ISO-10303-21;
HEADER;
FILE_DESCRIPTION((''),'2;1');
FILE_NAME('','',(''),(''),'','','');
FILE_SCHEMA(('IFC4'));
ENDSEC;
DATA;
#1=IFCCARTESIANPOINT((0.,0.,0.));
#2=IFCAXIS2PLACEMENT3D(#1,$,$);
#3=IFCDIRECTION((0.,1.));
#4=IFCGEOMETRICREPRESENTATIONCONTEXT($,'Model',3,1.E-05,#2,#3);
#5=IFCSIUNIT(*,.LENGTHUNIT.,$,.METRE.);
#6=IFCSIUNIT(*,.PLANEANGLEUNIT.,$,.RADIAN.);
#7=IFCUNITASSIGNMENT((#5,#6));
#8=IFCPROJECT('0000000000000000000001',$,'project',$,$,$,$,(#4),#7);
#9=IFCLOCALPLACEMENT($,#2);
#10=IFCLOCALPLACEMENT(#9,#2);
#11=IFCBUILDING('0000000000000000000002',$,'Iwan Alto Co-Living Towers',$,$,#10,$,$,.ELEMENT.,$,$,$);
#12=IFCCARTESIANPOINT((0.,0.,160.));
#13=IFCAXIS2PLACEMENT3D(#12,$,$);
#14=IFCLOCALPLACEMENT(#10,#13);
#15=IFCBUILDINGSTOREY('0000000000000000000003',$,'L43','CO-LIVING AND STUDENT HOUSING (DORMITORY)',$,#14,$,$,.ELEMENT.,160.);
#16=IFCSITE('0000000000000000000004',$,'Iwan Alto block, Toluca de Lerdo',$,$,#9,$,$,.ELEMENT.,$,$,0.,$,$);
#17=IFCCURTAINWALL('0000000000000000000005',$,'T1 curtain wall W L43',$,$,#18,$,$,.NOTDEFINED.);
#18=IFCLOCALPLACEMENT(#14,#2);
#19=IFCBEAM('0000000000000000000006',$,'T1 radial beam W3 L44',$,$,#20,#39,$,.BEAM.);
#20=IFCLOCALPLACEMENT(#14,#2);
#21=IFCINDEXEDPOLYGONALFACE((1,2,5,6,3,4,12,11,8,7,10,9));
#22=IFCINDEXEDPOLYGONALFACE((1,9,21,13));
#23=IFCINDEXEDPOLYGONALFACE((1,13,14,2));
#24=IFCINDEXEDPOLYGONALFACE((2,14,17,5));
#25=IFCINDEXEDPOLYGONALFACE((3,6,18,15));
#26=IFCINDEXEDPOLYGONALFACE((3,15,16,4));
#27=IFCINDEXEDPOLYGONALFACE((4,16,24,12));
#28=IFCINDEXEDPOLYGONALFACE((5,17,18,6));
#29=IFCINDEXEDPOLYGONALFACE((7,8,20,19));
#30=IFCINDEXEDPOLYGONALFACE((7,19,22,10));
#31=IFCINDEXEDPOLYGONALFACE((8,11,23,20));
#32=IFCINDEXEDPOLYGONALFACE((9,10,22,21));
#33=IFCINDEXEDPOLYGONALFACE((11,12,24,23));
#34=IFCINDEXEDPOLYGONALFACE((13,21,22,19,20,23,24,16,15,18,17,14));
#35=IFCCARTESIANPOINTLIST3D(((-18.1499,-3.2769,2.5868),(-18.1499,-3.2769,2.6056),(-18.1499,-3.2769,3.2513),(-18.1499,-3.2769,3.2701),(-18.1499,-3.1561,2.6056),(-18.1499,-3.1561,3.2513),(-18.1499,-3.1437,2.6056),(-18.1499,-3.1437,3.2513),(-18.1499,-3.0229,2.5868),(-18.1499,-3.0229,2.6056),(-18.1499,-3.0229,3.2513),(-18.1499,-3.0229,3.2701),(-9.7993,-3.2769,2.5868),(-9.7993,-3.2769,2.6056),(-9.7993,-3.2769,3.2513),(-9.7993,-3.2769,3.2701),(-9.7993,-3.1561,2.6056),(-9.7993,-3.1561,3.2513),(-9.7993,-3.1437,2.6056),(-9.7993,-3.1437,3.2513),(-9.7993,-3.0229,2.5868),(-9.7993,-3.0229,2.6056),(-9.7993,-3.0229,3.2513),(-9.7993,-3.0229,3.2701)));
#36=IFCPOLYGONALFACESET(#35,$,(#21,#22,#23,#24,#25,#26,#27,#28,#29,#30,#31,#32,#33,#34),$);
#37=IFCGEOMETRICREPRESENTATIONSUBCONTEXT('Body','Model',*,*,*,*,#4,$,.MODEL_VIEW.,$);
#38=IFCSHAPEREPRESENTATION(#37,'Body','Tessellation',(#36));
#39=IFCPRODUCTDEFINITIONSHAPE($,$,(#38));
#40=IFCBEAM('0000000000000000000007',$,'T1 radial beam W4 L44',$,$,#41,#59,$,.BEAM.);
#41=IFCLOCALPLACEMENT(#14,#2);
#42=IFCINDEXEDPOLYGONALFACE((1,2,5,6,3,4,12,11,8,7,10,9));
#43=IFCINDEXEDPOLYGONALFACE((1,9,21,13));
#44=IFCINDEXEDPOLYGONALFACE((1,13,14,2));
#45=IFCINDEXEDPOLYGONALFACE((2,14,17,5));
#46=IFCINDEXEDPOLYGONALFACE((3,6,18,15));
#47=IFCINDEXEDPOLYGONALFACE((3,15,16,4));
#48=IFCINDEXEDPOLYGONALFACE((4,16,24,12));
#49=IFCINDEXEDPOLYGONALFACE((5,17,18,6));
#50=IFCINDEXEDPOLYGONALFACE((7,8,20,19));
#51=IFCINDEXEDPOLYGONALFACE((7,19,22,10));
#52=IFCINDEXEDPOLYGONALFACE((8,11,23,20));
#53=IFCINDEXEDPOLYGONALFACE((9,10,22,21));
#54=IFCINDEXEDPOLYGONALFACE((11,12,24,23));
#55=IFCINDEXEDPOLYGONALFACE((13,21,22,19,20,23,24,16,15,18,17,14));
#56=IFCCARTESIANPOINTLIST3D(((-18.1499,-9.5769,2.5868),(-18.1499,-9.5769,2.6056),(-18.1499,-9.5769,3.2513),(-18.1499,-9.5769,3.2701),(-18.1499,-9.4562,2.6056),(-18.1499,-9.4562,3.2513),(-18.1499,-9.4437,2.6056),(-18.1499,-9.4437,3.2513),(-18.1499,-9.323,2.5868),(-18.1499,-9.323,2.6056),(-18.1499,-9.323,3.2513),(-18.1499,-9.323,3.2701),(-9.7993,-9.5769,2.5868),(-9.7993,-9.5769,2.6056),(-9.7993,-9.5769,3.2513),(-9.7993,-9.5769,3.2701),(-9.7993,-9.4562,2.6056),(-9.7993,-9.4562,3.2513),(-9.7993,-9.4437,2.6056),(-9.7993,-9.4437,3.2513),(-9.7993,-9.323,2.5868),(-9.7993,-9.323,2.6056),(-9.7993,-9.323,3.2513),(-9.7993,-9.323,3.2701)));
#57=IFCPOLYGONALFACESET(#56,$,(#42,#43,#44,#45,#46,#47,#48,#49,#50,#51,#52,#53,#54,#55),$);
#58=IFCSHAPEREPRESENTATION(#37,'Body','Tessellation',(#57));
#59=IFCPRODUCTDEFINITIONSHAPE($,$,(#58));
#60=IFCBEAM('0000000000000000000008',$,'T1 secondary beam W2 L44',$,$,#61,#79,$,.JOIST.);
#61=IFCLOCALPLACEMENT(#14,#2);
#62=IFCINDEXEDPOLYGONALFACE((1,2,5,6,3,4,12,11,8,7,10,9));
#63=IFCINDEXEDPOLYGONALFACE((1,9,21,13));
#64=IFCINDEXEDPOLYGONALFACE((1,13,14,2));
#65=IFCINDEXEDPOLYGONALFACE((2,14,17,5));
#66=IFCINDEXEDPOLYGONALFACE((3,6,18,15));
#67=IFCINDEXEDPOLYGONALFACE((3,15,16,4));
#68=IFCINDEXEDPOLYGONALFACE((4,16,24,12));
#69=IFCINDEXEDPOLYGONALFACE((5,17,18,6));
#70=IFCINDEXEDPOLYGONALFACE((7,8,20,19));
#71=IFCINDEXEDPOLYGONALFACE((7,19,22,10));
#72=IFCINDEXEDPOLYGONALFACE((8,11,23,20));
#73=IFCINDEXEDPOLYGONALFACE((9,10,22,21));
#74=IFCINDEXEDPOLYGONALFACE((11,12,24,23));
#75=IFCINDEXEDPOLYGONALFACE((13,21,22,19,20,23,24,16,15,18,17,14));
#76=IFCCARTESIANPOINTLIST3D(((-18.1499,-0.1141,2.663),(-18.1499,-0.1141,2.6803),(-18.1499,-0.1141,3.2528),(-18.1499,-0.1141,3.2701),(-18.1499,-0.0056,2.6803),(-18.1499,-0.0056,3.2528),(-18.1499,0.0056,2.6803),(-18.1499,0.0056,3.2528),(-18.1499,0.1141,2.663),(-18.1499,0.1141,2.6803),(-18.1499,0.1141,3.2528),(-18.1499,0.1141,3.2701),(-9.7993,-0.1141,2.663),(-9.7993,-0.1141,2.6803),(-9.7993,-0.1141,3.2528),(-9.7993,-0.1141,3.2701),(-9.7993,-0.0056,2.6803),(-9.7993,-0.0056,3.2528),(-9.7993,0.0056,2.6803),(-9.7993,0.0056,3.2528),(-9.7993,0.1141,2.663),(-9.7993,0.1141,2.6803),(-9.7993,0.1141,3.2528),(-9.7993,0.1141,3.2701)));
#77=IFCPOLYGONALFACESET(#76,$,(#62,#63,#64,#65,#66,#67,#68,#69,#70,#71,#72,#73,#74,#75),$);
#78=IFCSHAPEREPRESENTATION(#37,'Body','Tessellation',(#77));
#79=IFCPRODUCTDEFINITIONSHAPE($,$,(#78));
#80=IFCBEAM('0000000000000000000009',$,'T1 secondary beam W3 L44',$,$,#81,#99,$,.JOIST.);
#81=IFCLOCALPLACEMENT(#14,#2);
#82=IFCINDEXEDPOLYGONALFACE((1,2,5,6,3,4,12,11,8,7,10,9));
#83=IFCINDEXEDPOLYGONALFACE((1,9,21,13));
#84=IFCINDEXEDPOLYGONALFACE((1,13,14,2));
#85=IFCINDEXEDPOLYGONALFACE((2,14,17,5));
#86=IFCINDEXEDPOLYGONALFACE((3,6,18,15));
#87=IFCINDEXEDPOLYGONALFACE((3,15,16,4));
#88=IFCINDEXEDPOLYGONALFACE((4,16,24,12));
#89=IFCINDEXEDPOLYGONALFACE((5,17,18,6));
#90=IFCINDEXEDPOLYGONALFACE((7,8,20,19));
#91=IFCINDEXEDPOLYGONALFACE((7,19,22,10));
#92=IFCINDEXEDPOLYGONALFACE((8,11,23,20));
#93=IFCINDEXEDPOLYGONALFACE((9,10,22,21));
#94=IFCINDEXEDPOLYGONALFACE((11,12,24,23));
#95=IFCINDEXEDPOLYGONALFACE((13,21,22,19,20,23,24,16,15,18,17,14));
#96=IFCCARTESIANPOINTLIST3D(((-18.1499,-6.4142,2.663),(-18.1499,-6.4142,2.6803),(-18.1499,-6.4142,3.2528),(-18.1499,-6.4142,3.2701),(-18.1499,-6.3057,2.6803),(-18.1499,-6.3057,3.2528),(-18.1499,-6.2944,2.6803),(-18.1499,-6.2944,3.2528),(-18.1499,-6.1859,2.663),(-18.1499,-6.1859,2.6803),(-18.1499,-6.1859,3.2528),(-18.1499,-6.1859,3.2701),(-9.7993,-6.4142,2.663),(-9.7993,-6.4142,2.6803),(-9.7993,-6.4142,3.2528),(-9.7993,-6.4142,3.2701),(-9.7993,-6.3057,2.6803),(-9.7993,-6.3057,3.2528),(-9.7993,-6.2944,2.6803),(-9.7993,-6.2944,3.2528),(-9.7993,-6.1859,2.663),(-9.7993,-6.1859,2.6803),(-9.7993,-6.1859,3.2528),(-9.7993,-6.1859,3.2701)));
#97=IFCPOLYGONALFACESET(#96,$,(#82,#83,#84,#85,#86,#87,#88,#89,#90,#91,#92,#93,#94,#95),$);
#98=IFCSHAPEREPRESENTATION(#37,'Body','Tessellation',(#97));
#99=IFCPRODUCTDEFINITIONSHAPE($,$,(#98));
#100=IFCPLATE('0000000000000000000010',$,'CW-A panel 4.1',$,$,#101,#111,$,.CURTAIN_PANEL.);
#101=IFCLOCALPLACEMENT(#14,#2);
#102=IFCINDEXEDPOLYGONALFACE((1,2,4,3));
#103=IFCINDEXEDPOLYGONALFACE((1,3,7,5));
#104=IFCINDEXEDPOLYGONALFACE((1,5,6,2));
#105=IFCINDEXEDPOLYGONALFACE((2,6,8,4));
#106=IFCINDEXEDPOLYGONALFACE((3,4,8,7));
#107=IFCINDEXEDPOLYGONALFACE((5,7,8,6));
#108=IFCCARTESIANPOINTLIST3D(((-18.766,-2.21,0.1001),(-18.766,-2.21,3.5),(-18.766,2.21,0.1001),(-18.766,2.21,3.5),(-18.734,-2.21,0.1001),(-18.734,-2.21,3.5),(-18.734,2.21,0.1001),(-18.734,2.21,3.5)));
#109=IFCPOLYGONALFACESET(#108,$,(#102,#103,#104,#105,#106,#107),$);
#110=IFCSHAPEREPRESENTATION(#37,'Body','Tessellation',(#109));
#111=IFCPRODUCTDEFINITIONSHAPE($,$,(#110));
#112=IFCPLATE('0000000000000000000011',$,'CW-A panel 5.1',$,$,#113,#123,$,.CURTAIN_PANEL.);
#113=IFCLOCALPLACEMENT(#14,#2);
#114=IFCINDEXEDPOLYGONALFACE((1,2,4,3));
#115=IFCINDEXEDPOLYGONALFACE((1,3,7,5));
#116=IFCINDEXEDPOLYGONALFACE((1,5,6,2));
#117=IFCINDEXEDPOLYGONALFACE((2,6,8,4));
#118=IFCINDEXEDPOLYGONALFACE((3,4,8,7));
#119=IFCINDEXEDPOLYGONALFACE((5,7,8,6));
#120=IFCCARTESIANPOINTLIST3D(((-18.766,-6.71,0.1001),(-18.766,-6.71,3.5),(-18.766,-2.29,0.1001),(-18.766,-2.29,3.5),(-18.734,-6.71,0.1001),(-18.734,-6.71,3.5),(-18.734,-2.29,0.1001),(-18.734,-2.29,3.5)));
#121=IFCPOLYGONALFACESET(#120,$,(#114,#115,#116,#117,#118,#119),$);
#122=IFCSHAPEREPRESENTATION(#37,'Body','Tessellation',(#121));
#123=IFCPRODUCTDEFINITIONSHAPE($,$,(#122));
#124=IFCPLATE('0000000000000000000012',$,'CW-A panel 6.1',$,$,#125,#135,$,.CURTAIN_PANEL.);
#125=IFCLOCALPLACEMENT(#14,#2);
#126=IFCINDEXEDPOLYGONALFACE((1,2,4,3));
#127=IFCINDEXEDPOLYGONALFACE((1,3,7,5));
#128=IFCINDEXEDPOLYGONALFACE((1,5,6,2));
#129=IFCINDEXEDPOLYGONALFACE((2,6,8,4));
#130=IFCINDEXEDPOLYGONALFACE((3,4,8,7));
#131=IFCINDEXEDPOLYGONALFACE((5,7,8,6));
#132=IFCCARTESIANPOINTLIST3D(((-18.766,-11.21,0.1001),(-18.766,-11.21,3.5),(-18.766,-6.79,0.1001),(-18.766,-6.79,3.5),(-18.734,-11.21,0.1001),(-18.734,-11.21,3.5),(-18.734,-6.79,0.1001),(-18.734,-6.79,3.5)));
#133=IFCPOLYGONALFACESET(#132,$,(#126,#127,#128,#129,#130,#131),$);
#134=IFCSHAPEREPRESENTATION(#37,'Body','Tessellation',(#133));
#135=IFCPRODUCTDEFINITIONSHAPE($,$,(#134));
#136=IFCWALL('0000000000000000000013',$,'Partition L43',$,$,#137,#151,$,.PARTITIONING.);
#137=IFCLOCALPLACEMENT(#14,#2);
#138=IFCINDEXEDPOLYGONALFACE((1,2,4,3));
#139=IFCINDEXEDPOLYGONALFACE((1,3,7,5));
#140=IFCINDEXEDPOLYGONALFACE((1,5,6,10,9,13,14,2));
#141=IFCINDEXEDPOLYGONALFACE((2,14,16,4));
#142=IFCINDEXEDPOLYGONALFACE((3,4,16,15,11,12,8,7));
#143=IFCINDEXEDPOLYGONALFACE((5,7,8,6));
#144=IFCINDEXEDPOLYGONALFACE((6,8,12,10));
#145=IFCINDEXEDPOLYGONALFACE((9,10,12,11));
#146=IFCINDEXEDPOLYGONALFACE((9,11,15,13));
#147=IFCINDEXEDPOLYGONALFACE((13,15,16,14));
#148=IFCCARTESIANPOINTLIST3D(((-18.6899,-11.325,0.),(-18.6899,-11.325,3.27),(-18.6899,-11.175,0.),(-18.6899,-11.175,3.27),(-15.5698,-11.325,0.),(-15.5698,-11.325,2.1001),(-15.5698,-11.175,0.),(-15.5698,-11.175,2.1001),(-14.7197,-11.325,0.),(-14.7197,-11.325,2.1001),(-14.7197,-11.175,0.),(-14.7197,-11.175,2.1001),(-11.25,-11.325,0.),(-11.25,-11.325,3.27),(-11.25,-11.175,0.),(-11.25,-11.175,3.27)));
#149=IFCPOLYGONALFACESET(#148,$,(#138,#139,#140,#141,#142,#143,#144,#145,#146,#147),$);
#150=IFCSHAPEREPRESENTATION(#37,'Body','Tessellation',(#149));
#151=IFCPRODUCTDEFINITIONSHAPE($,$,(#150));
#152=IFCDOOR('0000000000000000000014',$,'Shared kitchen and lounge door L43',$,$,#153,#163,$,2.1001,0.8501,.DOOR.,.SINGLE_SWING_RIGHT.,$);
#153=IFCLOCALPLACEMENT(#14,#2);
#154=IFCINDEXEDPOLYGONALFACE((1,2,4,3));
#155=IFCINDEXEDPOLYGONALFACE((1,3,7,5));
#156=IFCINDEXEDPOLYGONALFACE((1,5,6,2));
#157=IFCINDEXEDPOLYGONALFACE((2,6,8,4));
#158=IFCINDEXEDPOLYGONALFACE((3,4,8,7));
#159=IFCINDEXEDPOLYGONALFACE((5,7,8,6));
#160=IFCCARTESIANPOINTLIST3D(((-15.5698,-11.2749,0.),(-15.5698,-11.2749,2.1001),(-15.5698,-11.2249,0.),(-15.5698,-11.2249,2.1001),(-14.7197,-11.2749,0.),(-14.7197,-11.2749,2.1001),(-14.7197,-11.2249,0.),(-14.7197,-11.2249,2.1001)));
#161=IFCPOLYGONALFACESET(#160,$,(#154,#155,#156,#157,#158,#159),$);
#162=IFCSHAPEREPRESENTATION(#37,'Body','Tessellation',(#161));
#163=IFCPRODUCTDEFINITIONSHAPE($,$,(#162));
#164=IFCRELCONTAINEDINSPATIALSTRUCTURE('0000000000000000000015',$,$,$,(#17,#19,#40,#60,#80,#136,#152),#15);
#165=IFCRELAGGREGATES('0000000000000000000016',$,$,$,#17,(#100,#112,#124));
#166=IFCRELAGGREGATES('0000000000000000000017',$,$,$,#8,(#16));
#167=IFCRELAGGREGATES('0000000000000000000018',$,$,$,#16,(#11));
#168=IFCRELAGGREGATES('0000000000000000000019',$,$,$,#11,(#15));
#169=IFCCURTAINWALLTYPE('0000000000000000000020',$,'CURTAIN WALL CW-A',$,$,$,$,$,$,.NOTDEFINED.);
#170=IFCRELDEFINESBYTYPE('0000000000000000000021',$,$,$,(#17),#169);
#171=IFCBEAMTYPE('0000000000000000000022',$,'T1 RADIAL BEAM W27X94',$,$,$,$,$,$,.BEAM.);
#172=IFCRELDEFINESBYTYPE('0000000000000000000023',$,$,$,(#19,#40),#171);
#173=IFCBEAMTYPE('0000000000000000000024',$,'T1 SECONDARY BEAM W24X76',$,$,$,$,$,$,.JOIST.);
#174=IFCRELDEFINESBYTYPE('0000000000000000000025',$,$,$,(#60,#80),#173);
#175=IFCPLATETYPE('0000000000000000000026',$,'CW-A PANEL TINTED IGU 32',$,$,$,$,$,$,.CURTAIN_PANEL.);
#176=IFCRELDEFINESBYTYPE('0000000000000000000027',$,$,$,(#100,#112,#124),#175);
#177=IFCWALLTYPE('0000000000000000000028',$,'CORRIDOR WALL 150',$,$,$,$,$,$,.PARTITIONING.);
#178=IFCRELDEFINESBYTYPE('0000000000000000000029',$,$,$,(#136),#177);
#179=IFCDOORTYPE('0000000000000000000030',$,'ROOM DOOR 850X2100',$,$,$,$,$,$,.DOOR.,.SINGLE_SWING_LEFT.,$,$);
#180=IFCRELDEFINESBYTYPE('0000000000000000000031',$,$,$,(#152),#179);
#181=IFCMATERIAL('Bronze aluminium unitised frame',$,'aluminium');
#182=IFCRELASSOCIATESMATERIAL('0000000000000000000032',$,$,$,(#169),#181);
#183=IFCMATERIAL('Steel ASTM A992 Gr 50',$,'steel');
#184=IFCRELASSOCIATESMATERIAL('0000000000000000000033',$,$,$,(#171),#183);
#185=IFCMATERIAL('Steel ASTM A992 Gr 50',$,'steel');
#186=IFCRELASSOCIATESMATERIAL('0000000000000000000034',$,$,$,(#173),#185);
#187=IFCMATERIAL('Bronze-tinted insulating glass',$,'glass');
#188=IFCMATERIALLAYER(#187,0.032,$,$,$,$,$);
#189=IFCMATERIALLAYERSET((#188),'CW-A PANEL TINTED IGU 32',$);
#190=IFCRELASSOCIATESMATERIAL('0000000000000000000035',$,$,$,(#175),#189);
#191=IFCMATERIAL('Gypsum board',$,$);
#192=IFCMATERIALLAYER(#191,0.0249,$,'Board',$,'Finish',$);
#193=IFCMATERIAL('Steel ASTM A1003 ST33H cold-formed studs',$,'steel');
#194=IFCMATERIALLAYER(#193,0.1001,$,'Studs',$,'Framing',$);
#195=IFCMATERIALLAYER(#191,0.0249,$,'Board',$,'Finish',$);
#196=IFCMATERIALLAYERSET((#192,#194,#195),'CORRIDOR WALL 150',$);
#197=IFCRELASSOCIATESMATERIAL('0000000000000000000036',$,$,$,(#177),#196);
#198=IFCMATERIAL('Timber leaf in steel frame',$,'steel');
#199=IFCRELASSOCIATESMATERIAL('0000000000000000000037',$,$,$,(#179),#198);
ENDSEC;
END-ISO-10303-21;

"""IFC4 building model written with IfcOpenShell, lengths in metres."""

from ifc_helpers import new_model, si_unit, direction, frame, frame_2d, origin, origin_2d, place, context, subcontext, project, spatial, rectangle, i_section, extrude, material, layer, layer_set, material_profile, profile_set, type_object, element, fill, aggregate, save


model = new_model("IFC4")

# Units and contexts
model_context = context("Model", 3, precision=1e-05, world=origin(), true_north=direction((0.0, 1.0)))
body_context = subcontext(model_context, "Body", "Model", "MODEL_VIEW")
ifc_project = project(units=[si_unit("LENGTHUNIT", "METRE"), si_unit("PLANEANGLEUNIT", "RADIAN")], contexts=[model_context])

# Site, building, storey
site_placement = place(None, origin())
site = spatial("IfcSite", under=ifc_project, at=site_placement, Name="Iwan Alto block, Toluca de Lerdo", CompositionType="ELEMENT", RefElevation=0.0)
building_placement = place(site_placement, origin())
building = spatial("IfcBuilding", under=site, at=building_placement, Name="Iwan Alto Co-Living Towers", CompositionType="ELEMENT")
storey_placement = place(building_placement, frame((0.0, 0.0, 160.0)))
storey = spatial("IfcBuildingStorey", under=building, at=storey_placement, Name="L43", Description="CO-LIVING AND STUDENT HOUSING (DORMITORY)", CompositionType="ELEMENT", Elevation=160.0)

# Curtain wall
ifc_material_1 = material(Name="Bronze aluminium unitised frame", Category="aluminium")
curtain_wall_type = type_object("IfcCurtainWallType", Name="CURTAIN WALL CW-A", PredefinedType="NOTDEFINED", material=ifc_material_1)
curtain_wall_placement = place(storey_placement, origin())
curtain_wall = element("IfcCurtainWall", 1, at=curtain_wall_placement, inside=storey, type_object=curtain_wall_type, Name="T1 curtain wall W L43", PredefinedType="NOTDEFINED")

# Beams
ifc_material_2 = material(Name="Steel ASTM A992 Gr 50", Category="steel")
ifc_material_profile_1 = material_profile(ifc_material_2, i_section(OverallWidth=0.2539, OverallDepth=0.6833, WebThickness=0.0125, FlangeThickness=0.0188, at=origin_2d()), Name="W27X94")
ifc_profile_set_1 = profile_set([ifc_material_profile_1], Name="Steel ASTM A992 Gr 50")
beam_type_1 = type_object("IfcBeamType", Name="T1 RADIAL BEAM W27X94", PredefinedType="BEAM", material=ifc_profile_set_1)
for number, where, z_axis, x_axis, name in (
    (2, (-18.1499, -3.1499, 2.9285), (1.0, 0.0, 0.0), (0.0, 1.0, 0.0), "T1 radial beam W3 L44"),
    (3, (-18.1499, -9.45, 2.9285), (1.0, 0.0, 0.0), (0.0, 1.0, 0.0), "T1 radial beam W4 L44"),
):
    element("IfcBeam", number, at=place(storey_placement, frame(where, z_axis=z_axis, x_axis=x_axis)), inside=storey, type_object=beam_type_1, Name=name, PredefinedType="BEAM", context=body_context, shape_type="SweptSolid", body=[
        extrude(i_section(OverallWidth=0.2539, OverallDepth=0.6833, WebThickness=0.0125, FlangeThickness=0.0188, at=origin_2d()), origin(), (0.0, 0.0, 1.0), 8.3506),
    ])
ifc_material_3 = material(Name="Steel ASTM A992 Gr 50", Category="steel")
ifc_material_profile_2 = material_profile(ifc_material_3, i_section(OverallWidth=0.2283, OverallDepth=0.6072, WebThickness=0.0112, FlangeThickness=0.0173, at=origin_2d()), Name="W24X76")
ifc_profile_set_2 = profile_set([ifc_material_profile_2], Name="Steel ASTM A992 Gr 50")
beam_type_2 = type_object("IfcBeamType", Name="T1 SECONDARY BEAM W24X76", PredefinedType="JOIST", material=ifc_profile_set_2)
for number, where, z_axis, x_axis, name in (
    (4, (-18.1499, 0.0, 2.9666), (1.0, 0.0, 0.0), (0.0, 1.0, 0.0), "T1 secondary beam W2 L44"),
    (5, (-18.1499, -6.3, 2.9666), (1.0, 0.0, 0.0), (0.0, 1.0, 0.0), "T1 secondary beam W3 L44"),
):
    element("IfcBeam", number, at=place(storey_placement, frame(where, z_axis=z_axis, x_axis=x_axis)), inside=storey, type_object=beam_type_2, Name=name, PredefinedType="JOIST", context=body_context, shape_type="SweptSolid", body=[
        extrude(i_section(OverallWidth=0.2283, OverallDepth=0.6072, WebThickness=0.0112, FlangeThickness=0.0173, at=origin_2d()), origin(), (0.0, 0.0, 1.0), 8.3506),
    ])

# Plates
ifc_material_4 = material(Name="Bronze-tinted insulating glass", Category="glass")
ifc_layer_1 = layer(ifc_material_4, 0.032)
ifc_layer_set_1 = layer_set([ifc_layer_1], Name="CW-A PANEL TINTED IGU 32")
plate_type = type_object("IfcPlateType", Name="CW-A PANEL TINTED IGU 32", PredefinedType="CURTAIN_PANEL", material=ifc_layer_set_1)
plate_1_placement = place(storey_placement, frame((-18.75, 0.0, 0.1001), z_axis=(0.0, 0.0, 1.0), x_axis=(0.0, -1.0, 0.0)))
plate_1 = element("IfcPlate", 6, at=plate_1_placement, type_object=plate_type, Name="CW-A panel 4.1", PredefinedType="CURTAIN_PANEL", context=body_context, shape_type="SweptSolid", body=[
    extrude(rectangle(XDim=4.4199, YDim=0.032, at=origin_2d()), origin(), (0.0, 0.0, 1.0), 3.3999),
])
plate_2_placement = place(storey_placement, frame((-18.75, -4.5, 0.1001), z_axis=(0.0, 0.0, 1.0), x_axis=(0.0, -1.0, 0.0)))
plate_2 = element("IfcPlate", 7, at=plate_2_placement, type_object=plate_type, Name="CW-A panel 5.1", PredefinedType="CURTAIN_PANEL", context=body_context, shape_type="SweptSolid", body=[
    extrude(rectangle(XDim=4.4199, YDim=0.032, at=origin_2d()), origin(), (0.0, 0.0, 1.0), 3.3999),
])
plate_3_placement = place(storey_placement, frame((-18.75, -9.0, 0.1001), z_axis=(0.0, 0.0, 1.0), x_axis=(0.0, -1.0, 0.0)))
plate_3 = element("IfcPlate", 8, at=plate_3_placement, type_object=plate_type, Name="CW-A panel 6.1", PredefinedType="CURTAIN_PANEL", context=body_context, shape_type="SweptSolid", body=[
    extrude(rectangle(XDim=4.4199, YDim=0.032, at=origin_2d()), origin(), (0.0, 0.0, 1.0), 3.3999),
])
aggregate(curtain_wall, [plate_1, plate_2, plate_3])

# Wall, opening, door
ifc_material_5 = material(Name="Gypsum board")
ifc_layer_2 = layer(ifc_material_5, 0.0249, Name="Board", Category="Finish")
ifc_material_6 = material(Name="Steel ASTM A1003 ST33H cold-formed studs", Category="steel")
ifc_layer_3 = layer(ifc_material_6, 0.1001, Name="Studs", Category="Framing")
ifc_layer_4 = layer(ifc_material_5, 0.0249, Name="Board", Category="Finish")
ifc_layer_set_2 = layer_set([ifc_layer_2, ifc_layer_3, ifc_layer_4], Name="CORRIDOR WALL 150")
wall_type_1 = type_object("IfcWallType", Name="CORRIDOR WALL 150", PredefinedType="PARTITIONING", material=ifc_layer_set_2)
wall_1_placement = place(storey_placement, frame((-18.6899, -11.25, 0.0), z_axis=(0.0, 0.0, 1.0), x_axis=(1.0, 0.0, 0.0)))
wall_1 = element("IfcWall", 9, at=wall_1_placement, inside=storey, type_object=wall_type_1, Name="Partition L43", PredefinedType="PARTITIONING", context=body_context, shape_type="SweptSolid", body=[
    extrude(rectangle(XDim=7.4399, YDim=0.1499, at=frame_2d((3.72, 0.0))), origin(), (0.0, 0.0, 1.0), 3.27),
])
opening_1_placement = place(wall_1_placement, frame((3.1201, 0.0, 0.0)))
opening_1 = element("IfcOpeningElement", 10, at=opening_1_placement, cuts=wall_1, PredefinedType="OPENING", context=body_context, shape_type="SweptSolid", body=[
    extrude(rectangle(XDim=0.8501, YDim=2.1001, at=frame_2d((0.425, 1.05))), frame((0.0, 0.085, 0.0), z_axis=(0.0, -1.0, 0.0), x_axis=(1.0, 0.0, 0.0)), (0.0, 0.0, 1.0), 0.1699),
])
ifc_material_7 = material(Name="Timber leaf in steel frame", Category="steel")
door_type_1 = type_object("IfcDoorType", Name="ROOM DOOR 850X2100", OperationType="SINGLE_SWING_LEFT", PredefinedType="DOOR", material=ifc_material_7)
door_1_placement = place(opening_1_placement, frame((0.8501, 0.0, 0.0), z_axis=(0.0, 0.0, 1.0), x_axis=(-1.0, 0.0, 0.0)))
door_1 = element("IfcDoor", 11, at=door_1_placement, inside=storey, type_object=door_type_1, Name="Shared kitchen and lounge door L43", OperationType="SINGLE_SWING_RIGHT", OverallHeight=2.1001, OverallWidth=0.8501, PredefinedType="DOOR", context=body_context, shape_type="SweptSolid", body=[
    extrude(rectangle(XDim=0.8501, YDim=2.1001, at=frame_2d((0.425, 1.05))), frame((0.0, 0.0249, 0.0), z_axis=(0.0, -1.0, 0.0), x_axis=(1.0, 0.0, 0.0)), (0.0, 0.0, 1.0), 0.05),
])
fill(opening_1, door_1)

save(model, "model.ifc")
